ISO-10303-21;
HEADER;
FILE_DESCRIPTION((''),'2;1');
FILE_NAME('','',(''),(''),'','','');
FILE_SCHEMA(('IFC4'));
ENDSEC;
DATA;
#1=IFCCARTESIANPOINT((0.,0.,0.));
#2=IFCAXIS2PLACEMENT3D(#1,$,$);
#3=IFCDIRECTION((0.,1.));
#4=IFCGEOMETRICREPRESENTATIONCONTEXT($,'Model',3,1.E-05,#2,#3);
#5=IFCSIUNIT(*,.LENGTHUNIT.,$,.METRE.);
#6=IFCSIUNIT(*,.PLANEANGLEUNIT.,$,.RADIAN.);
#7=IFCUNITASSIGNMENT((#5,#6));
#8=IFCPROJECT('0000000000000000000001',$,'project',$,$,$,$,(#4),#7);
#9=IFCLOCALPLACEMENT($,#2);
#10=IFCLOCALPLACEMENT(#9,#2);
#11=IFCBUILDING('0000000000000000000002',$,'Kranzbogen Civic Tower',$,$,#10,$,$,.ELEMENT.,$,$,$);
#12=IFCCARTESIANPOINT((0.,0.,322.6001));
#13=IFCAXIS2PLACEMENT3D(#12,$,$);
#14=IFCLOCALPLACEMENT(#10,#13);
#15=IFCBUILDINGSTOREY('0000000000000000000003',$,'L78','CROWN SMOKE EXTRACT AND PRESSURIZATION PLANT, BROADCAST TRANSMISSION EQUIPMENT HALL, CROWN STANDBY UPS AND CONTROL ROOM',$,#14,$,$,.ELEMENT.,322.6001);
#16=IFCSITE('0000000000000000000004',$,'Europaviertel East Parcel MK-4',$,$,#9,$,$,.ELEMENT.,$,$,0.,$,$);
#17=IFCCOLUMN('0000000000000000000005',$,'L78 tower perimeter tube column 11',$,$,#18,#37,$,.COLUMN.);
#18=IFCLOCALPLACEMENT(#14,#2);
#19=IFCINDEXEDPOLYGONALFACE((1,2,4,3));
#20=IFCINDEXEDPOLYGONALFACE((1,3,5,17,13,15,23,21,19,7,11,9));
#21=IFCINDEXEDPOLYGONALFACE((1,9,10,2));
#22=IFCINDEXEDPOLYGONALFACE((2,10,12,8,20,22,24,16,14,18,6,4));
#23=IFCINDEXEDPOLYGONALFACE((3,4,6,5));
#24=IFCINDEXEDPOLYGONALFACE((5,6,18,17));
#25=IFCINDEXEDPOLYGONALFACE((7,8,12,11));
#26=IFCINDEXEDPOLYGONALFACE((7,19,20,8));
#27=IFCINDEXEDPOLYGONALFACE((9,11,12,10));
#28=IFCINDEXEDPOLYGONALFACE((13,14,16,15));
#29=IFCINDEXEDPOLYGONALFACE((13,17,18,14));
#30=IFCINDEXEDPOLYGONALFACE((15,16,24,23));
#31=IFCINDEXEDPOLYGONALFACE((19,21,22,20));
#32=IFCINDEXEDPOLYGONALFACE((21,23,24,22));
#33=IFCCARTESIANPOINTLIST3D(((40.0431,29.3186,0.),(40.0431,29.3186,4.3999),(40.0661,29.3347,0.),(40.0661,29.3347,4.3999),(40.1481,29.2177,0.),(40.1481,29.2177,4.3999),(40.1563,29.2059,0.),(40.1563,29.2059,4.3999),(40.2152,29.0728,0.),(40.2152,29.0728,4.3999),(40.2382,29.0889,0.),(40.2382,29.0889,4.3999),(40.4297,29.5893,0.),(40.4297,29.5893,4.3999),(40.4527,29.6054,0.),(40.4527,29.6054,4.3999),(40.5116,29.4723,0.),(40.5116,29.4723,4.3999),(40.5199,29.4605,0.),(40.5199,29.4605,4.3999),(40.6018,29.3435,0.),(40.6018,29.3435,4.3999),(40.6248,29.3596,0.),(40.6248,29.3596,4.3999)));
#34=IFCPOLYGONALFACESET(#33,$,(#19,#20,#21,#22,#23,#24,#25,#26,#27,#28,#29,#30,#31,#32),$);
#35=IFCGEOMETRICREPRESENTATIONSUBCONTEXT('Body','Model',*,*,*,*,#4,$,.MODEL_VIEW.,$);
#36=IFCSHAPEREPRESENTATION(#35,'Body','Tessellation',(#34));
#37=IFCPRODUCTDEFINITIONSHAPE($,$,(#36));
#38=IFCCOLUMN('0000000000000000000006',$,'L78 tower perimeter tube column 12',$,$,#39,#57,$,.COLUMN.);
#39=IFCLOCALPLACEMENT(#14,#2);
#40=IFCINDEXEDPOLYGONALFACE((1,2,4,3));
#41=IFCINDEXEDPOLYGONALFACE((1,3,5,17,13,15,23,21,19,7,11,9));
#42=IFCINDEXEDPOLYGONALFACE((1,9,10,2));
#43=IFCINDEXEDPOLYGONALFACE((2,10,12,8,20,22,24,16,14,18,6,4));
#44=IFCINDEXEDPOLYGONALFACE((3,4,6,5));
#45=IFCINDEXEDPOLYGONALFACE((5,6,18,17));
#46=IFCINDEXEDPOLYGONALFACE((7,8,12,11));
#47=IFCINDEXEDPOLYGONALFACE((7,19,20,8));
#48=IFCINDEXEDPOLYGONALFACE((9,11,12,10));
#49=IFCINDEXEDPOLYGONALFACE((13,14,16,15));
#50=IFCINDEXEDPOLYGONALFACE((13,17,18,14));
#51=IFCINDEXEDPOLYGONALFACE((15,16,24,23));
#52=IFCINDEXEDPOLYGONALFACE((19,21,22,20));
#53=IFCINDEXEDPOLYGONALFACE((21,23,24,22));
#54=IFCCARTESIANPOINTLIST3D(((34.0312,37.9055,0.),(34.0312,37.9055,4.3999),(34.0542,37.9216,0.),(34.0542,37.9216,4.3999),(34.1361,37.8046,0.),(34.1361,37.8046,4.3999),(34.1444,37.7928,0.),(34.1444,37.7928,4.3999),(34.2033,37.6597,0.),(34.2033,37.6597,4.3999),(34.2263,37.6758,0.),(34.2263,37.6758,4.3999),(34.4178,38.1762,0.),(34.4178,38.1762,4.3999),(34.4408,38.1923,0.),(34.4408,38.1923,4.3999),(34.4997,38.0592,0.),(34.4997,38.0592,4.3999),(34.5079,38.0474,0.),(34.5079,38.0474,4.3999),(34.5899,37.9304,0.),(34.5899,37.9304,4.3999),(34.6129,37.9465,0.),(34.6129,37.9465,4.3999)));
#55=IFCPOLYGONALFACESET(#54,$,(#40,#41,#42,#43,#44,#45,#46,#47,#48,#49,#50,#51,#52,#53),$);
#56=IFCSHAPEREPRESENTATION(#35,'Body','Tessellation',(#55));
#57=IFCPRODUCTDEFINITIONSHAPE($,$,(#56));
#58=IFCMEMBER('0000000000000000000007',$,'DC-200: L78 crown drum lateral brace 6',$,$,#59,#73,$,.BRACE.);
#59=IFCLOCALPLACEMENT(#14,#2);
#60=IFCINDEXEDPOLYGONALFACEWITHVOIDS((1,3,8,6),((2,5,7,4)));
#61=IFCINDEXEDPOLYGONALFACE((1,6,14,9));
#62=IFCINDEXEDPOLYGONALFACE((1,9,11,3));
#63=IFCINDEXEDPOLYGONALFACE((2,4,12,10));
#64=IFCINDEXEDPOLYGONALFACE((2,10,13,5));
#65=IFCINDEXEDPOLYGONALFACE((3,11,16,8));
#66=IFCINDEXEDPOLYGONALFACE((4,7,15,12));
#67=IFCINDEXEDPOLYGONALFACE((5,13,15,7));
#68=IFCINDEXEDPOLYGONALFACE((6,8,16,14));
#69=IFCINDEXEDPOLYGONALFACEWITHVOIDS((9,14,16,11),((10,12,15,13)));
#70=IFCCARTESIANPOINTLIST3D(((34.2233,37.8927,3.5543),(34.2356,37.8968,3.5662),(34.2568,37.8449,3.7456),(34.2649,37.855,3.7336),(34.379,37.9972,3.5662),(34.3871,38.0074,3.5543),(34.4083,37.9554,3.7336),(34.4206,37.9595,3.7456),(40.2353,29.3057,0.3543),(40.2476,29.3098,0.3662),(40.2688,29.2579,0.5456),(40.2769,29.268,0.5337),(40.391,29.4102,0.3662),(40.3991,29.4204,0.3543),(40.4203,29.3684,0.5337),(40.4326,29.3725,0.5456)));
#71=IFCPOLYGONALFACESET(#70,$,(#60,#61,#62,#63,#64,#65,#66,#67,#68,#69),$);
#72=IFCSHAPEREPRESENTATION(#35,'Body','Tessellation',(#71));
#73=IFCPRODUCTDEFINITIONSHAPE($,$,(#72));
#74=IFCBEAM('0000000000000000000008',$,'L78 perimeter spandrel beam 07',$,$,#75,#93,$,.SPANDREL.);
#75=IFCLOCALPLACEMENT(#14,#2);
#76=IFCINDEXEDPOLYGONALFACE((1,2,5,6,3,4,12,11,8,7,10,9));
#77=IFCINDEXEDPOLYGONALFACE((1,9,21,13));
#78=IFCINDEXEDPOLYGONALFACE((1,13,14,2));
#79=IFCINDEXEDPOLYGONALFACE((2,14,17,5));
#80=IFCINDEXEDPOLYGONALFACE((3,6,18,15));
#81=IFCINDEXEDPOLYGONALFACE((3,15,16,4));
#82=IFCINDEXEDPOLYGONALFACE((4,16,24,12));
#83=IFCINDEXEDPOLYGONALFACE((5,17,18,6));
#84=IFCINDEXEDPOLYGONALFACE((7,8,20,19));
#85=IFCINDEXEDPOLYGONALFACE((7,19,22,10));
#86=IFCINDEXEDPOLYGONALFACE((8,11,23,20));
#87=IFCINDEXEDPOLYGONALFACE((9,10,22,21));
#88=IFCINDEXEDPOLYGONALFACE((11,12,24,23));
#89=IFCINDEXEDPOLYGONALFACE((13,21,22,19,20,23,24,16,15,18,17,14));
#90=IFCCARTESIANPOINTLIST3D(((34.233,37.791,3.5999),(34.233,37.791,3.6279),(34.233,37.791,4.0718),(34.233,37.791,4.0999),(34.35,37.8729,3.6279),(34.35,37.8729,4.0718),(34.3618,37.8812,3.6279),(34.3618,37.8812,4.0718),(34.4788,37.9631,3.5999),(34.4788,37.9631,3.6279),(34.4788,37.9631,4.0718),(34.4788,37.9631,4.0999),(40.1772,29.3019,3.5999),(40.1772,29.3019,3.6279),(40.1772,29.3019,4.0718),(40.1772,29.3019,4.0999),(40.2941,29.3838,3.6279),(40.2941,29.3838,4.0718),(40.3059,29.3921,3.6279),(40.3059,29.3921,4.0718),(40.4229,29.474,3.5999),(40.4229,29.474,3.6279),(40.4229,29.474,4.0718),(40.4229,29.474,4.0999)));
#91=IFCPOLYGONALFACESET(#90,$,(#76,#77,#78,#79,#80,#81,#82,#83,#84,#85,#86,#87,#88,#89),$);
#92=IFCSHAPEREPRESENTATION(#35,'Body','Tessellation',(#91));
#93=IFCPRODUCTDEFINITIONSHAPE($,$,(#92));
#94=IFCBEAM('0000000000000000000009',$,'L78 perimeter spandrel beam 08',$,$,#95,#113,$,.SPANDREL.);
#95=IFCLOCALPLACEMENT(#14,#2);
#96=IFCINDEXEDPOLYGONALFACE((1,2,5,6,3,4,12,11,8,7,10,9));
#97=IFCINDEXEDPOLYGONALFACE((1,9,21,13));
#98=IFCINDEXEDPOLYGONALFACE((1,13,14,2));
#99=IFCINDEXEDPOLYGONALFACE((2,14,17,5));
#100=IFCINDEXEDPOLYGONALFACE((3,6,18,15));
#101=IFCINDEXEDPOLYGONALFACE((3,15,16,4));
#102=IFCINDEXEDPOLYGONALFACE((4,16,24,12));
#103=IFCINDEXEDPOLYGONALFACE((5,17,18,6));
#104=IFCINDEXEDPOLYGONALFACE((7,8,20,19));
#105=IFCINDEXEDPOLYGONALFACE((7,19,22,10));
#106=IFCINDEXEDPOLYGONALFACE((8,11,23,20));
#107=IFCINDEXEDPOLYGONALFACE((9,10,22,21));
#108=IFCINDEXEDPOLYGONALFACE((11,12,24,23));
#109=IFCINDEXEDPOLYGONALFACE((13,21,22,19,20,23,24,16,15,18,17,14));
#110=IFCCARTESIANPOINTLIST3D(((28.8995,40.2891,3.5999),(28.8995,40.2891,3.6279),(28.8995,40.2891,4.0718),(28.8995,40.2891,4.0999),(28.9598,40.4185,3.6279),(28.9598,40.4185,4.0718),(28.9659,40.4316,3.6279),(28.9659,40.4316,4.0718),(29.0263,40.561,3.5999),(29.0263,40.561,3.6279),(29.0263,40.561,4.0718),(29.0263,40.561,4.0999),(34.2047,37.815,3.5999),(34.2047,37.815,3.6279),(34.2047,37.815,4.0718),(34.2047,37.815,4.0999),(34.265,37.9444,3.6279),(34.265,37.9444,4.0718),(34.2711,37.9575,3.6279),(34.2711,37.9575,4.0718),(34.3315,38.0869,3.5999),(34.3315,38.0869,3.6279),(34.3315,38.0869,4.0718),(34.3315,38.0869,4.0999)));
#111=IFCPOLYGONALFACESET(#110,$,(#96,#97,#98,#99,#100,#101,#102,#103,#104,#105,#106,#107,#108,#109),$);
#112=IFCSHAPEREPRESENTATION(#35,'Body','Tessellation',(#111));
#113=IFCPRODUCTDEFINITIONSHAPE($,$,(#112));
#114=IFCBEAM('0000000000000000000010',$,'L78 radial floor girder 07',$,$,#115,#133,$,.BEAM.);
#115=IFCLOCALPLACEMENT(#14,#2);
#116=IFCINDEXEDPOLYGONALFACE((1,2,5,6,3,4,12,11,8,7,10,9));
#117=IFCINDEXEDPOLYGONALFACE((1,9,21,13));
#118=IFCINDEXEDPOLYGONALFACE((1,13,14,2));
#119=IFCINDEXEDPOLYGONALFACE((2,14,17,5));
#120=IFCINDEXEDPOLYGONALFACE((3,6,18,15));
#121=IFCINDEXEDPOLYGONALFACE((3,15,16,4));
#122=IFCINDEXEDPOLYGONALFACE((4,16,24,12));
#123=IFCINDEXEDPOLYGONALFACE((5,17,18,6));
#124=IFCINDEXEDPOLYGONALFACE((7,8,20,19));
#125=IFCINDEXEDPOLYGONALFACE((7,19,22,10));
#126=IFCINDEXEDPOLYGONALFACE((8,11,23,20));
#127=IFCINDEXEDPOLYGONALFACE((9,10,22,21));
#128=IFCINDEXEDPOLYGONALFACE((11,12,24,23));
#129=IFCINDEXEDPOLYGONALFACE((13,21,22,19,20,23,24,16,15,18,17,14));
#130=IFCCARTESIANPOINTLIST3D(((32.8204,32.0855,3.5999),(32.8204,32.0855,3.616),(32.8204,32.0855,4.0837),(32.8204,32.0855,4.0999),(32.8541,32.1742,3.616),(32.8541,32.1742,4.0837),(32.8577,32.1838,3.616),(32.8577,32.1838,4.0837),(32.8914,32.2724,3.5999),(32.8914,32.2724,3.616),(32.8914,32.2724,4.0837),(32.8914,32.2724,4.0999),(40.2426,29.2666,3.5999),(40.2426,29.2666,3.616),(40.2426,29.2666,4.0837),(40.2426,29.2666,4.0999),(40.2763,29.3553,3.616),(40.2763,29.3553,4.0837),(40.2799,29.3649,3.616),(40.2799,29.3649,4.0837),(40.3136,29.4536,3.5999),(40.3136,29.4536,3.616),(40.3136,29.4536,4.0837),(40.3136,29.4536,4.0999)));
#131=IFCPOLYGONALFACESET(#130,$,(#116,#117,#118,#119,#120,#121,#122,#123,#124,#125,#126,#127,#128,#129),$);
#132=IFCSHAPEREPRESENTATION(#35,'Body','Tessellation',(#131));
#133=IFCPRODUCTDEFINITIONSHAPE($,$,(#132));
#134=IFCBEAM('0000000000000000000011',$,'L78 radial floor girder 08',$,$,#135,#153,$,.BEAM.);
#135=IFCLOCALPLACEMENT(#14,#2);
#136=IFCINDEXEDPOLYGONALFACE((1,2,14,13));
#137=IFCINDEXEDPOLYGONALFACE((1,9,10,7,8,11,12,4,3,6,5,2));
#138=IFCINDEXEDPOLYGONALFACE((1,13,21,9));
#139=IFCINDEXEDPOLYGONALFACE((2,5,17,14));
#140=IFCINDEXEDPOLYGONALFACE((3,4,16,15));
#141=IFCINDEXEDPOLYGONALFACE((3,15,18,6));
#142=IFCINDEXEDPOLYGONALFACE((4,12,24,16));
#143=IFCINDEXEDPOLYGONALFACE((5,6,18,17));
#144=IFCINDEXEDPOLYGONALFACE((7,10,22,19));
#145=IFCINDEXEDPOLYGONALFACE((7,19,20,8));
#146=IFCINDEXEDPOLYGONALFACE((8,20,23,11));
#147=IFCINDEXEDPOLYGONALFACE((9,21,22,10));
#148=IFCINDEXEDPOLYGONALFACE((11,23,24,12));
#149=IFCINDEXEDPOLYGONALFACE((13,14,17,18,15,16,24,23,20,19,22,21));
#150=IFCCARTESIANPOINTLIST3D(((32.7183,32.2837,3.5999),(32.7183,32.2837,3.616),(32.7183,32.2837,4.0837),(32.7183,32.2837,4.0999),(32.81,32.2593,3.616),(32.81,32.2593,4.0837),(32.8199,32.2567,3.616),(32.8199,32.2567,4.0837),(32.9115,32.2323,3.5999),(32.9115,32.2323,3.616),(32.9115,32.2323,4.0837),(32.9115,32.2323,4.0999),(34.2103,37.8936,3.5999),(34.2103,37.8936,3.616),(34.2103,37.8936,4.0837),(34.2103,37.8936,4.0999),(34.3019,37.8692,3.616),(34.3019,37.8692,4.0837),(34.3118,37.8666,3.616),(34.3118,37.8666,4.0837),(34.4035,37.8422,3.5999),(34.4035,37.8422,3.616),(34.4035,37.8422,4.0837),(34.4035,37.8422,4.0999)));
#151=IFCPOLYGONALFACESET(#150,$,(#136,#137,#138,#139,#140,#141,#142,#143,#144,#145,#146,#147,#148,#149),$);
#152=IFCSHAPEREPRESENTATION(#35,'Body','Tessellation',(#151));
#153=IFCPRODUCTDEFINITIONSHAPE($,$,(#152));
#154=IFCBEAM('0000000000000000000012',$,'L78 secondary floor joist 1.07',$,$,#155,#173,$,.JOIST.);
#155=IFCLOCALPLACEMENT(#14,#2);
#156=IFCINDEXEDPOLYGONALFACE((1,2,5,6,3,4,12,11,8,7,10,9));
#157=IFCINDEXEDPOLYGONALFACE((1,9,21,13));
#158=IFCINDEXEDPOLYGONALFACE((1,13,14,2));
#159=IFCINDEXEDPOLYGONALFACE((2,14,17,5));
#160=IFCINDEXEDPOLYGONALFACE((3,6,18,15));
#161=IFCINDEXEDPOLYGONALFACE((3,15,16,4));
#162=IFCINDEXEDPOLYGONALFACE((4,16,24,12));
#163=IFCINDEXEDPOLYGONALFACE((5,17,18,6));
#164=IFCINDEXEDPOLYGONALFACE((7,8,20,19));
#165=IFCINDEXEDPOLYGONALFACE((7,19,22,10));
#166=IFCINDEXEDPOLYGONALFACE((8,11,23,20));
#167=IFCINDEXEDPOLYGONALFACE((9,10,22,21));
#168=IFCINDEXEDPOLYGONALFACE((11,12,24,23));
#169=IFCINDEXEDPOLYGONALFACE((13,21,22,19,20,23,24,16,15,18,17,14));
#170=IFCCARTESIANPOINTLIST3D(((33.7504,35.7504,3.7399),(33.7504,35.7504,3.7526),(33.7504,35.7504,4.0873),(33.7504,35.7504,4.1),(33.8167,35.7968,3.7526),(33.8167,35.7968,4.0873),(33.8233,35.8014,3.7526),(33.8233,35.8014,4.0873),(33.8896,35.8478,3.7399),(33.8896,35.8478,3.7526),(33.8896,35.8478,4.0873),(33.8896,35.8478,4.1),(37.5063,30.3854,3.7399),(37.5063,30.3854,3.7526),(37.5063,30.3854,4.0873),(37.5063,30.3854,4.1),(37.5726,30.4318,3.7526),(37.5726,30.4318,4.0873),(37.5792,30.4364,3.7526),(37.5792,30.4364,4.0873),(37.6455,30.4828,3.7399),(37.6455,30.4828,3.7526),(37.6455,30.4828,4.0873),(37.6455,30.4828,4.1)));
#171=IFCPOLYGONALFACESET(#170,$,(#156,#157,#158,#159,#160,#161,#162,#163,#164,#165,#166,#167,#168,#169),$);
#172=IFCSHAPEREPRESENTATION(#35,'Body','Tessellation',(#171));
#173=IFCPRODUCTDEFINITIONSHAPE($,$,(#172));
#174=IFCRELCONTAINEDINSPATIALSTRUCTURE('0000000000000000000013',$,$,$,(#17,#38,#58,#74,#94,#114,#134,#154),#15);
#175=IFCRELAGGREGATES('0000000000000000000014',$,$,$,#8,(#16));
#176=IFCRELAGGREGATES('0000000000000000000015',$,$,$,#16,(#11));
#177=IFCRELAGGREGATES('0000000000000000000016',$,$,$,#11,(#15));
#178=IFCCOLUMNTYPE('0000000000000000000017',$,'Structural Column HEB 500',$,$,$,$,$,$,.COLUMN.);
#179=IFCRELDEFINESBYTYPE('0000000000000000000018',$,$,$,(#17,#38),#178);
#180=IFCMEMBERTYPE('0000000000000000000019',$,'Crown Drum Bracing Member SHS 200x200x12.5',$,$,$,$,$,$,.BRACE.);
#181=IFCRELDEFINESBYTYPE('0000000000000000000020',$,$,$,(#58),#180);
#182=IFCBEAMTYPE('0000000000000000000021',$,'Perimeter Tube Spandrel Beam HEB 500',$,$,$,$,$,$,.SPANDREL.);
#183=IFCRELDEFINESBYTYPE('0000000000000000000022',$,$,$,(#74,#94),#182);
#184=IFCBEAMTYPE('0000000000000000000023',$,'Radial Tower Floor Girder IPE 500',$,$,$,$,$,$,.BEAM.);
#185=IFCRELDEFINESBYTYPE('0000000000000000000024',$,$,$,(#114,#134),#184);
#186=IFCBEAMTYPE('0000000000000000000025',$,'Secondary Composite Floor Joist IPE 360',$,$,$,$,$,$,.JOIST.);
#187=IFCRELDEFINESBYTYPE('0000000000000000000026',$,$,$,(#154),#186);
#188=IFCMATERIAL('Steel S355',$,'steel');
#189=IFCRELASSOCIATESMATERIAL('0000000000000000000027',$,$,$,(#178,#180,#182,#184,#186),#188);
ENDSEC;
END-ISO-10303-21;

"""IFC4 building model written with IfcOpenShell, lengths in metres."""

from ifc_helpers import new_model, si_unit, direction, frame, origin, origin_2d, place, context, subcontext, project, spatial, hollow_rectangle, i_section, extrude, material, material_profile, profile_set, type_object, element, save


model = new_model("IFC4")

# Units and contexts
model_context = context("Model", 3, precision=1e-05, world=origin(), true_north=direction((0.0, 1.0)))
body_context = subcontext(model_context, "Body", "Model", "MODEL_VIEW")
ifc_project = project(units=[si_unit("LENGTHUNIT", "METRE"), si_unit("PLANEANGLEUNIT", "RADIAN")], contexts=[model_context])

# Site, building, storey
site_placement = place(None, origin())
site = spatial("IfcSite", under=ifc_project, at=site_placement, Name="Europaviertel East Parcel MK-4", CompositionType="ELEMENT", RefElevation=0.0)
building_placement = place(site_placement, origin())
building = spatial("IfcBuilding", under=site, at=building_placement, Name="Kranzbogen Civic Tower", CompositionType="ELEMENT")
storey_placement = place(building_placement, frame((0.0, 0.0, 322.6001)))
storey = spatial("IfcBuildingStorey", under=building, at=storey_placement, Name="L78", Description="CROWN SMOKE EXTRACT AND PRESSURIZATION PLANT, BROADCAST TRANSMISSION EQUIPMENT HALL, CROWN STANDBY UPS AND CONTROL ROOM", CompositionType="ELEMENT", Elevation=322.6001)

# Columns
ifc_material_1 = material(Name="Steel S355", Category="steel")
ifc_material_profile_1 = material_profile(ifc_material_1, i_section(OverallWidth=0.3, OverallDepth=0.5, WebThickness=0.0144, FlangeThickness=0.0281, at=origin_2d()), Name="HEB 500")
ifc_profile_set_1 = profile_set([ifc_material_profile_1], Name="Steel S355")
column_type = type_object("IfcColumnType", Name="Structural Column HEB 500", PredefinedType="COLUMN", material=ifc_profile_set_1)
for number, where, z_axis, x_axis, name in (
    (1, (40.334, 29.3391, 0.0), (0.0, 0.0, 1.0), (-0.573576, 0.819152, 0.0), "L78 tower perimeter tube column 11"),
    (2, (34.322, 37.926, 0.0), (0.0, 0.0, 1.0), (-0.573576, 0.819152, 0.0), "L78 tower perimeter tube column 12"),
):
    element("IfcColumn", number, at=place(storey_placement, frame(where, z_axis=z_axis, x_axis=x_axis)), inside=storey, type_object=column_type, Name=name, PredefinedType="COLUMN", context=body_context, shape_type="SweptSolid", body=[
        extrude(i_section(OverallWidth=0.3, OverallDepth=0.5, WebThickness=0.0144, FlangeThickness=0.0281, at=origin_2d()), origin(), (0.0, 0.0, 1.0), 4.3999),
    ])

# Member
ifc_material_profile_2 = material_profile(ifc_material_1, hollow_rectangle(XDim=0.2, YDim=0.2, WallThickness=0.0125, at=origin_2d()), Name="SHS 200x200x12.5")
ifc_profile_set_2 = profile_set([ifc_material_profile_2], Name="Steel S355")
member_type = type_object("IfcMemberType", Name="Crown Drum Bracing Member SHS 200x200x12.5", PredefinedType="BRACE", material=ifc_profile_set_2)
member_placement = place(storey_placement, frame((40.334, 29.3391, 0.45), z_axis=(-0.548544, 0.783488, 0.29197), x_axis=(-0.819182, -0.573534, 0.0)))
element("IfcMember", 3, at=member_placement, inside=storey, type_object=member_type, Name="DC-200: L78 crown drum lateral brace 6", PredefinedType="BRACE", context=body_context, shape_type="SweptSolid", body=[
    extrude(hollow_rectangle(XDim=0.2, YDim=0.2, WallThickness=0.0125, at=origin_2d()), origin(), (0.0, 0.0, 1.0), 10.96),
])

# Beams
ifc_material_profile_3 = material_profile(ifc_material_1, i_section(OverallWidth=0.3, OverallDepth=0.5, WebThickness=0.0144, FlangeThickness=0.0281, at=origin_2d()), Name="HEB 500")
ifc_profile_set_3 = profile_set([ifc_material_profile_3], Name="Steel S355")
beam_type_1 = type_object("IfcBeamType", Name="Perimeter Tube Spandrel Beam HEB 500", PredefinedType="SPANDREL", material=ifc_profile_set_3)
beam_1_placement = place(storey_placement, frame((40.3, 29.3879, 3.8499), z_axis=(-0.573578, 0.819151, 0.0), x_axis=(-0.819151, -0.573578, 0.0)))
element("IfcBeam", 4, at=beam_1_placement, inside=storey, type_object=beam_type_1, Name="L78 perimeter spandrel beam 07", PredefinedType="SPANDREL", context=body_context, shape_type="SweptSolid", body=[
    extrude(i_section(OverallWidth=0.3, OverallDepth=0.5, WebThickness=0.0144, FlangeThickness=0.0281, at=origin_2d()), origin(), (0.0, 0.0, 1.0), 10.3633),
])
beam_2_placement = place(storey_placement, frame((34.2681, 37.9509, 3.8499), z_axis=(-0.90629, 0.422657, 0.0), x_axis=(-0.422657, -0.90629, 0.0)))
element("IfcBeam", 5, at=beam_2_placement, inside=storey, type_object=beam_type_1, Name="L78 perimeter spandrel beam 08", PredefinedType="SPANDREL", context=body_context, shape_type="SweptSolid", body=[
    extrude(i_section(OverallWidth=0.3, OverallDepth=0.5, WebThickness=0.0144, FlangeThickness=0.0281, at=origin_2d()), origin(), (0.0, 0.0, 1.0), 5.8538),
])
ifc_material_profile_4 = material_profile(ifc_material_1, i_section(OverallWidth=0.2, OverallDepth=0.5, WebThickness=0.0103, FlangeThickness=0.0161, at=origin_2d()), Name="IPE 500")
ifc_profile_set_4 = profile_set([ifc_material_profile_4], Name="Steel S355")
beam_type_2 = type_object("IfcBeamType", Name="Radial Tower Floor Girder IPE 500", PredefinedType="BEAM", material=ifc_profile_set_4)
beam_3_placement = place(storey_placement, frame((40.2781, 29.3601, 3.8499), z_axis=(-0.934849, 0.355046, 0.0), x_axis=(-0.355046, -0.934849, 0.0)))
element("IfcBeam", 6, at=beam_3_placement, inside=storey, type_object=beam_type_2, Name="L78 radial floor girder 07", PredefinedType="BEAM", context=body_context, shape_type="SweptSolid", body=[
    extrude(i_section(OverallWidth=0.2, OverallDepth=0.5, WebThickness=0.0103, FlangeThickness=0.0161, at=origin_2d()), origin(), (0.0, 0.0, 1.0), 7.9395),
])
beam_4_placement = place(storey_placement, frame((34.3069, 37.8679, 3.8499), z_axis=(-0.257016, -0.966407, 0.0), x_axis=(0.966407, -0.257016, 0.0)))
element("IfcBeam", 7, at=beam_4_placement, inside=storey, type_object=beam_type_2, Name="L78 radial floor girder 08", PredefinedType="BEAM", context=body_context, shape_type="SweptSolid", body=[
    extrude(i_section(OverallWidth=0.2, OverallDepth=0.5, WebThickness=0.0103, FlangeThickness=0.0161, at=origin_2d()), origin(), (0.0, 0.0, 1.0), 5.8049),
])
ifc_material_profile_5 = material_profile(ifc_material_1, i_section(OverallWidth=0.1699, OverallDepth=0.3601, WebThickness=0.0081, FlangeThickness=0.0127, at=origin_2d()), Name="IPE 360")
ifc_profile_set_5 = profile_set([ifc_material_profile_5], Name="Steel S355")
beam_type_3 = type_object("IfcBeamType", Name="Secondary Composite Floor Joist IPE 360", PredefinedType="JOIST", material=ifc_profile_set_5)
beam_5_placement = place(storey_placement, frame((37.5759, 30.4341, 3.9199), z_axis=(-0.5735, 0.819206, 0.0), x_axis=(-0.819206, -0.5735, 0.0)))
element("IfcBeam", 8, at=beam_5_placement, inside=storey, type_object=beam_type_3, Name="L78 secondary floor joist 1.07", PredefinedType="JOIST", context=body_context, shape_type="SweptSolid", body=[
    extrude(i_section(OverallWidth=0.1699, OverallDepth=0.3601, WebThickness=0.0081, FlangeThickness=0.0127, at=origin_2d()), origin(), (0.0, 0.0, 1.0), 6.5491),
])

save(model, "model.ifc")
